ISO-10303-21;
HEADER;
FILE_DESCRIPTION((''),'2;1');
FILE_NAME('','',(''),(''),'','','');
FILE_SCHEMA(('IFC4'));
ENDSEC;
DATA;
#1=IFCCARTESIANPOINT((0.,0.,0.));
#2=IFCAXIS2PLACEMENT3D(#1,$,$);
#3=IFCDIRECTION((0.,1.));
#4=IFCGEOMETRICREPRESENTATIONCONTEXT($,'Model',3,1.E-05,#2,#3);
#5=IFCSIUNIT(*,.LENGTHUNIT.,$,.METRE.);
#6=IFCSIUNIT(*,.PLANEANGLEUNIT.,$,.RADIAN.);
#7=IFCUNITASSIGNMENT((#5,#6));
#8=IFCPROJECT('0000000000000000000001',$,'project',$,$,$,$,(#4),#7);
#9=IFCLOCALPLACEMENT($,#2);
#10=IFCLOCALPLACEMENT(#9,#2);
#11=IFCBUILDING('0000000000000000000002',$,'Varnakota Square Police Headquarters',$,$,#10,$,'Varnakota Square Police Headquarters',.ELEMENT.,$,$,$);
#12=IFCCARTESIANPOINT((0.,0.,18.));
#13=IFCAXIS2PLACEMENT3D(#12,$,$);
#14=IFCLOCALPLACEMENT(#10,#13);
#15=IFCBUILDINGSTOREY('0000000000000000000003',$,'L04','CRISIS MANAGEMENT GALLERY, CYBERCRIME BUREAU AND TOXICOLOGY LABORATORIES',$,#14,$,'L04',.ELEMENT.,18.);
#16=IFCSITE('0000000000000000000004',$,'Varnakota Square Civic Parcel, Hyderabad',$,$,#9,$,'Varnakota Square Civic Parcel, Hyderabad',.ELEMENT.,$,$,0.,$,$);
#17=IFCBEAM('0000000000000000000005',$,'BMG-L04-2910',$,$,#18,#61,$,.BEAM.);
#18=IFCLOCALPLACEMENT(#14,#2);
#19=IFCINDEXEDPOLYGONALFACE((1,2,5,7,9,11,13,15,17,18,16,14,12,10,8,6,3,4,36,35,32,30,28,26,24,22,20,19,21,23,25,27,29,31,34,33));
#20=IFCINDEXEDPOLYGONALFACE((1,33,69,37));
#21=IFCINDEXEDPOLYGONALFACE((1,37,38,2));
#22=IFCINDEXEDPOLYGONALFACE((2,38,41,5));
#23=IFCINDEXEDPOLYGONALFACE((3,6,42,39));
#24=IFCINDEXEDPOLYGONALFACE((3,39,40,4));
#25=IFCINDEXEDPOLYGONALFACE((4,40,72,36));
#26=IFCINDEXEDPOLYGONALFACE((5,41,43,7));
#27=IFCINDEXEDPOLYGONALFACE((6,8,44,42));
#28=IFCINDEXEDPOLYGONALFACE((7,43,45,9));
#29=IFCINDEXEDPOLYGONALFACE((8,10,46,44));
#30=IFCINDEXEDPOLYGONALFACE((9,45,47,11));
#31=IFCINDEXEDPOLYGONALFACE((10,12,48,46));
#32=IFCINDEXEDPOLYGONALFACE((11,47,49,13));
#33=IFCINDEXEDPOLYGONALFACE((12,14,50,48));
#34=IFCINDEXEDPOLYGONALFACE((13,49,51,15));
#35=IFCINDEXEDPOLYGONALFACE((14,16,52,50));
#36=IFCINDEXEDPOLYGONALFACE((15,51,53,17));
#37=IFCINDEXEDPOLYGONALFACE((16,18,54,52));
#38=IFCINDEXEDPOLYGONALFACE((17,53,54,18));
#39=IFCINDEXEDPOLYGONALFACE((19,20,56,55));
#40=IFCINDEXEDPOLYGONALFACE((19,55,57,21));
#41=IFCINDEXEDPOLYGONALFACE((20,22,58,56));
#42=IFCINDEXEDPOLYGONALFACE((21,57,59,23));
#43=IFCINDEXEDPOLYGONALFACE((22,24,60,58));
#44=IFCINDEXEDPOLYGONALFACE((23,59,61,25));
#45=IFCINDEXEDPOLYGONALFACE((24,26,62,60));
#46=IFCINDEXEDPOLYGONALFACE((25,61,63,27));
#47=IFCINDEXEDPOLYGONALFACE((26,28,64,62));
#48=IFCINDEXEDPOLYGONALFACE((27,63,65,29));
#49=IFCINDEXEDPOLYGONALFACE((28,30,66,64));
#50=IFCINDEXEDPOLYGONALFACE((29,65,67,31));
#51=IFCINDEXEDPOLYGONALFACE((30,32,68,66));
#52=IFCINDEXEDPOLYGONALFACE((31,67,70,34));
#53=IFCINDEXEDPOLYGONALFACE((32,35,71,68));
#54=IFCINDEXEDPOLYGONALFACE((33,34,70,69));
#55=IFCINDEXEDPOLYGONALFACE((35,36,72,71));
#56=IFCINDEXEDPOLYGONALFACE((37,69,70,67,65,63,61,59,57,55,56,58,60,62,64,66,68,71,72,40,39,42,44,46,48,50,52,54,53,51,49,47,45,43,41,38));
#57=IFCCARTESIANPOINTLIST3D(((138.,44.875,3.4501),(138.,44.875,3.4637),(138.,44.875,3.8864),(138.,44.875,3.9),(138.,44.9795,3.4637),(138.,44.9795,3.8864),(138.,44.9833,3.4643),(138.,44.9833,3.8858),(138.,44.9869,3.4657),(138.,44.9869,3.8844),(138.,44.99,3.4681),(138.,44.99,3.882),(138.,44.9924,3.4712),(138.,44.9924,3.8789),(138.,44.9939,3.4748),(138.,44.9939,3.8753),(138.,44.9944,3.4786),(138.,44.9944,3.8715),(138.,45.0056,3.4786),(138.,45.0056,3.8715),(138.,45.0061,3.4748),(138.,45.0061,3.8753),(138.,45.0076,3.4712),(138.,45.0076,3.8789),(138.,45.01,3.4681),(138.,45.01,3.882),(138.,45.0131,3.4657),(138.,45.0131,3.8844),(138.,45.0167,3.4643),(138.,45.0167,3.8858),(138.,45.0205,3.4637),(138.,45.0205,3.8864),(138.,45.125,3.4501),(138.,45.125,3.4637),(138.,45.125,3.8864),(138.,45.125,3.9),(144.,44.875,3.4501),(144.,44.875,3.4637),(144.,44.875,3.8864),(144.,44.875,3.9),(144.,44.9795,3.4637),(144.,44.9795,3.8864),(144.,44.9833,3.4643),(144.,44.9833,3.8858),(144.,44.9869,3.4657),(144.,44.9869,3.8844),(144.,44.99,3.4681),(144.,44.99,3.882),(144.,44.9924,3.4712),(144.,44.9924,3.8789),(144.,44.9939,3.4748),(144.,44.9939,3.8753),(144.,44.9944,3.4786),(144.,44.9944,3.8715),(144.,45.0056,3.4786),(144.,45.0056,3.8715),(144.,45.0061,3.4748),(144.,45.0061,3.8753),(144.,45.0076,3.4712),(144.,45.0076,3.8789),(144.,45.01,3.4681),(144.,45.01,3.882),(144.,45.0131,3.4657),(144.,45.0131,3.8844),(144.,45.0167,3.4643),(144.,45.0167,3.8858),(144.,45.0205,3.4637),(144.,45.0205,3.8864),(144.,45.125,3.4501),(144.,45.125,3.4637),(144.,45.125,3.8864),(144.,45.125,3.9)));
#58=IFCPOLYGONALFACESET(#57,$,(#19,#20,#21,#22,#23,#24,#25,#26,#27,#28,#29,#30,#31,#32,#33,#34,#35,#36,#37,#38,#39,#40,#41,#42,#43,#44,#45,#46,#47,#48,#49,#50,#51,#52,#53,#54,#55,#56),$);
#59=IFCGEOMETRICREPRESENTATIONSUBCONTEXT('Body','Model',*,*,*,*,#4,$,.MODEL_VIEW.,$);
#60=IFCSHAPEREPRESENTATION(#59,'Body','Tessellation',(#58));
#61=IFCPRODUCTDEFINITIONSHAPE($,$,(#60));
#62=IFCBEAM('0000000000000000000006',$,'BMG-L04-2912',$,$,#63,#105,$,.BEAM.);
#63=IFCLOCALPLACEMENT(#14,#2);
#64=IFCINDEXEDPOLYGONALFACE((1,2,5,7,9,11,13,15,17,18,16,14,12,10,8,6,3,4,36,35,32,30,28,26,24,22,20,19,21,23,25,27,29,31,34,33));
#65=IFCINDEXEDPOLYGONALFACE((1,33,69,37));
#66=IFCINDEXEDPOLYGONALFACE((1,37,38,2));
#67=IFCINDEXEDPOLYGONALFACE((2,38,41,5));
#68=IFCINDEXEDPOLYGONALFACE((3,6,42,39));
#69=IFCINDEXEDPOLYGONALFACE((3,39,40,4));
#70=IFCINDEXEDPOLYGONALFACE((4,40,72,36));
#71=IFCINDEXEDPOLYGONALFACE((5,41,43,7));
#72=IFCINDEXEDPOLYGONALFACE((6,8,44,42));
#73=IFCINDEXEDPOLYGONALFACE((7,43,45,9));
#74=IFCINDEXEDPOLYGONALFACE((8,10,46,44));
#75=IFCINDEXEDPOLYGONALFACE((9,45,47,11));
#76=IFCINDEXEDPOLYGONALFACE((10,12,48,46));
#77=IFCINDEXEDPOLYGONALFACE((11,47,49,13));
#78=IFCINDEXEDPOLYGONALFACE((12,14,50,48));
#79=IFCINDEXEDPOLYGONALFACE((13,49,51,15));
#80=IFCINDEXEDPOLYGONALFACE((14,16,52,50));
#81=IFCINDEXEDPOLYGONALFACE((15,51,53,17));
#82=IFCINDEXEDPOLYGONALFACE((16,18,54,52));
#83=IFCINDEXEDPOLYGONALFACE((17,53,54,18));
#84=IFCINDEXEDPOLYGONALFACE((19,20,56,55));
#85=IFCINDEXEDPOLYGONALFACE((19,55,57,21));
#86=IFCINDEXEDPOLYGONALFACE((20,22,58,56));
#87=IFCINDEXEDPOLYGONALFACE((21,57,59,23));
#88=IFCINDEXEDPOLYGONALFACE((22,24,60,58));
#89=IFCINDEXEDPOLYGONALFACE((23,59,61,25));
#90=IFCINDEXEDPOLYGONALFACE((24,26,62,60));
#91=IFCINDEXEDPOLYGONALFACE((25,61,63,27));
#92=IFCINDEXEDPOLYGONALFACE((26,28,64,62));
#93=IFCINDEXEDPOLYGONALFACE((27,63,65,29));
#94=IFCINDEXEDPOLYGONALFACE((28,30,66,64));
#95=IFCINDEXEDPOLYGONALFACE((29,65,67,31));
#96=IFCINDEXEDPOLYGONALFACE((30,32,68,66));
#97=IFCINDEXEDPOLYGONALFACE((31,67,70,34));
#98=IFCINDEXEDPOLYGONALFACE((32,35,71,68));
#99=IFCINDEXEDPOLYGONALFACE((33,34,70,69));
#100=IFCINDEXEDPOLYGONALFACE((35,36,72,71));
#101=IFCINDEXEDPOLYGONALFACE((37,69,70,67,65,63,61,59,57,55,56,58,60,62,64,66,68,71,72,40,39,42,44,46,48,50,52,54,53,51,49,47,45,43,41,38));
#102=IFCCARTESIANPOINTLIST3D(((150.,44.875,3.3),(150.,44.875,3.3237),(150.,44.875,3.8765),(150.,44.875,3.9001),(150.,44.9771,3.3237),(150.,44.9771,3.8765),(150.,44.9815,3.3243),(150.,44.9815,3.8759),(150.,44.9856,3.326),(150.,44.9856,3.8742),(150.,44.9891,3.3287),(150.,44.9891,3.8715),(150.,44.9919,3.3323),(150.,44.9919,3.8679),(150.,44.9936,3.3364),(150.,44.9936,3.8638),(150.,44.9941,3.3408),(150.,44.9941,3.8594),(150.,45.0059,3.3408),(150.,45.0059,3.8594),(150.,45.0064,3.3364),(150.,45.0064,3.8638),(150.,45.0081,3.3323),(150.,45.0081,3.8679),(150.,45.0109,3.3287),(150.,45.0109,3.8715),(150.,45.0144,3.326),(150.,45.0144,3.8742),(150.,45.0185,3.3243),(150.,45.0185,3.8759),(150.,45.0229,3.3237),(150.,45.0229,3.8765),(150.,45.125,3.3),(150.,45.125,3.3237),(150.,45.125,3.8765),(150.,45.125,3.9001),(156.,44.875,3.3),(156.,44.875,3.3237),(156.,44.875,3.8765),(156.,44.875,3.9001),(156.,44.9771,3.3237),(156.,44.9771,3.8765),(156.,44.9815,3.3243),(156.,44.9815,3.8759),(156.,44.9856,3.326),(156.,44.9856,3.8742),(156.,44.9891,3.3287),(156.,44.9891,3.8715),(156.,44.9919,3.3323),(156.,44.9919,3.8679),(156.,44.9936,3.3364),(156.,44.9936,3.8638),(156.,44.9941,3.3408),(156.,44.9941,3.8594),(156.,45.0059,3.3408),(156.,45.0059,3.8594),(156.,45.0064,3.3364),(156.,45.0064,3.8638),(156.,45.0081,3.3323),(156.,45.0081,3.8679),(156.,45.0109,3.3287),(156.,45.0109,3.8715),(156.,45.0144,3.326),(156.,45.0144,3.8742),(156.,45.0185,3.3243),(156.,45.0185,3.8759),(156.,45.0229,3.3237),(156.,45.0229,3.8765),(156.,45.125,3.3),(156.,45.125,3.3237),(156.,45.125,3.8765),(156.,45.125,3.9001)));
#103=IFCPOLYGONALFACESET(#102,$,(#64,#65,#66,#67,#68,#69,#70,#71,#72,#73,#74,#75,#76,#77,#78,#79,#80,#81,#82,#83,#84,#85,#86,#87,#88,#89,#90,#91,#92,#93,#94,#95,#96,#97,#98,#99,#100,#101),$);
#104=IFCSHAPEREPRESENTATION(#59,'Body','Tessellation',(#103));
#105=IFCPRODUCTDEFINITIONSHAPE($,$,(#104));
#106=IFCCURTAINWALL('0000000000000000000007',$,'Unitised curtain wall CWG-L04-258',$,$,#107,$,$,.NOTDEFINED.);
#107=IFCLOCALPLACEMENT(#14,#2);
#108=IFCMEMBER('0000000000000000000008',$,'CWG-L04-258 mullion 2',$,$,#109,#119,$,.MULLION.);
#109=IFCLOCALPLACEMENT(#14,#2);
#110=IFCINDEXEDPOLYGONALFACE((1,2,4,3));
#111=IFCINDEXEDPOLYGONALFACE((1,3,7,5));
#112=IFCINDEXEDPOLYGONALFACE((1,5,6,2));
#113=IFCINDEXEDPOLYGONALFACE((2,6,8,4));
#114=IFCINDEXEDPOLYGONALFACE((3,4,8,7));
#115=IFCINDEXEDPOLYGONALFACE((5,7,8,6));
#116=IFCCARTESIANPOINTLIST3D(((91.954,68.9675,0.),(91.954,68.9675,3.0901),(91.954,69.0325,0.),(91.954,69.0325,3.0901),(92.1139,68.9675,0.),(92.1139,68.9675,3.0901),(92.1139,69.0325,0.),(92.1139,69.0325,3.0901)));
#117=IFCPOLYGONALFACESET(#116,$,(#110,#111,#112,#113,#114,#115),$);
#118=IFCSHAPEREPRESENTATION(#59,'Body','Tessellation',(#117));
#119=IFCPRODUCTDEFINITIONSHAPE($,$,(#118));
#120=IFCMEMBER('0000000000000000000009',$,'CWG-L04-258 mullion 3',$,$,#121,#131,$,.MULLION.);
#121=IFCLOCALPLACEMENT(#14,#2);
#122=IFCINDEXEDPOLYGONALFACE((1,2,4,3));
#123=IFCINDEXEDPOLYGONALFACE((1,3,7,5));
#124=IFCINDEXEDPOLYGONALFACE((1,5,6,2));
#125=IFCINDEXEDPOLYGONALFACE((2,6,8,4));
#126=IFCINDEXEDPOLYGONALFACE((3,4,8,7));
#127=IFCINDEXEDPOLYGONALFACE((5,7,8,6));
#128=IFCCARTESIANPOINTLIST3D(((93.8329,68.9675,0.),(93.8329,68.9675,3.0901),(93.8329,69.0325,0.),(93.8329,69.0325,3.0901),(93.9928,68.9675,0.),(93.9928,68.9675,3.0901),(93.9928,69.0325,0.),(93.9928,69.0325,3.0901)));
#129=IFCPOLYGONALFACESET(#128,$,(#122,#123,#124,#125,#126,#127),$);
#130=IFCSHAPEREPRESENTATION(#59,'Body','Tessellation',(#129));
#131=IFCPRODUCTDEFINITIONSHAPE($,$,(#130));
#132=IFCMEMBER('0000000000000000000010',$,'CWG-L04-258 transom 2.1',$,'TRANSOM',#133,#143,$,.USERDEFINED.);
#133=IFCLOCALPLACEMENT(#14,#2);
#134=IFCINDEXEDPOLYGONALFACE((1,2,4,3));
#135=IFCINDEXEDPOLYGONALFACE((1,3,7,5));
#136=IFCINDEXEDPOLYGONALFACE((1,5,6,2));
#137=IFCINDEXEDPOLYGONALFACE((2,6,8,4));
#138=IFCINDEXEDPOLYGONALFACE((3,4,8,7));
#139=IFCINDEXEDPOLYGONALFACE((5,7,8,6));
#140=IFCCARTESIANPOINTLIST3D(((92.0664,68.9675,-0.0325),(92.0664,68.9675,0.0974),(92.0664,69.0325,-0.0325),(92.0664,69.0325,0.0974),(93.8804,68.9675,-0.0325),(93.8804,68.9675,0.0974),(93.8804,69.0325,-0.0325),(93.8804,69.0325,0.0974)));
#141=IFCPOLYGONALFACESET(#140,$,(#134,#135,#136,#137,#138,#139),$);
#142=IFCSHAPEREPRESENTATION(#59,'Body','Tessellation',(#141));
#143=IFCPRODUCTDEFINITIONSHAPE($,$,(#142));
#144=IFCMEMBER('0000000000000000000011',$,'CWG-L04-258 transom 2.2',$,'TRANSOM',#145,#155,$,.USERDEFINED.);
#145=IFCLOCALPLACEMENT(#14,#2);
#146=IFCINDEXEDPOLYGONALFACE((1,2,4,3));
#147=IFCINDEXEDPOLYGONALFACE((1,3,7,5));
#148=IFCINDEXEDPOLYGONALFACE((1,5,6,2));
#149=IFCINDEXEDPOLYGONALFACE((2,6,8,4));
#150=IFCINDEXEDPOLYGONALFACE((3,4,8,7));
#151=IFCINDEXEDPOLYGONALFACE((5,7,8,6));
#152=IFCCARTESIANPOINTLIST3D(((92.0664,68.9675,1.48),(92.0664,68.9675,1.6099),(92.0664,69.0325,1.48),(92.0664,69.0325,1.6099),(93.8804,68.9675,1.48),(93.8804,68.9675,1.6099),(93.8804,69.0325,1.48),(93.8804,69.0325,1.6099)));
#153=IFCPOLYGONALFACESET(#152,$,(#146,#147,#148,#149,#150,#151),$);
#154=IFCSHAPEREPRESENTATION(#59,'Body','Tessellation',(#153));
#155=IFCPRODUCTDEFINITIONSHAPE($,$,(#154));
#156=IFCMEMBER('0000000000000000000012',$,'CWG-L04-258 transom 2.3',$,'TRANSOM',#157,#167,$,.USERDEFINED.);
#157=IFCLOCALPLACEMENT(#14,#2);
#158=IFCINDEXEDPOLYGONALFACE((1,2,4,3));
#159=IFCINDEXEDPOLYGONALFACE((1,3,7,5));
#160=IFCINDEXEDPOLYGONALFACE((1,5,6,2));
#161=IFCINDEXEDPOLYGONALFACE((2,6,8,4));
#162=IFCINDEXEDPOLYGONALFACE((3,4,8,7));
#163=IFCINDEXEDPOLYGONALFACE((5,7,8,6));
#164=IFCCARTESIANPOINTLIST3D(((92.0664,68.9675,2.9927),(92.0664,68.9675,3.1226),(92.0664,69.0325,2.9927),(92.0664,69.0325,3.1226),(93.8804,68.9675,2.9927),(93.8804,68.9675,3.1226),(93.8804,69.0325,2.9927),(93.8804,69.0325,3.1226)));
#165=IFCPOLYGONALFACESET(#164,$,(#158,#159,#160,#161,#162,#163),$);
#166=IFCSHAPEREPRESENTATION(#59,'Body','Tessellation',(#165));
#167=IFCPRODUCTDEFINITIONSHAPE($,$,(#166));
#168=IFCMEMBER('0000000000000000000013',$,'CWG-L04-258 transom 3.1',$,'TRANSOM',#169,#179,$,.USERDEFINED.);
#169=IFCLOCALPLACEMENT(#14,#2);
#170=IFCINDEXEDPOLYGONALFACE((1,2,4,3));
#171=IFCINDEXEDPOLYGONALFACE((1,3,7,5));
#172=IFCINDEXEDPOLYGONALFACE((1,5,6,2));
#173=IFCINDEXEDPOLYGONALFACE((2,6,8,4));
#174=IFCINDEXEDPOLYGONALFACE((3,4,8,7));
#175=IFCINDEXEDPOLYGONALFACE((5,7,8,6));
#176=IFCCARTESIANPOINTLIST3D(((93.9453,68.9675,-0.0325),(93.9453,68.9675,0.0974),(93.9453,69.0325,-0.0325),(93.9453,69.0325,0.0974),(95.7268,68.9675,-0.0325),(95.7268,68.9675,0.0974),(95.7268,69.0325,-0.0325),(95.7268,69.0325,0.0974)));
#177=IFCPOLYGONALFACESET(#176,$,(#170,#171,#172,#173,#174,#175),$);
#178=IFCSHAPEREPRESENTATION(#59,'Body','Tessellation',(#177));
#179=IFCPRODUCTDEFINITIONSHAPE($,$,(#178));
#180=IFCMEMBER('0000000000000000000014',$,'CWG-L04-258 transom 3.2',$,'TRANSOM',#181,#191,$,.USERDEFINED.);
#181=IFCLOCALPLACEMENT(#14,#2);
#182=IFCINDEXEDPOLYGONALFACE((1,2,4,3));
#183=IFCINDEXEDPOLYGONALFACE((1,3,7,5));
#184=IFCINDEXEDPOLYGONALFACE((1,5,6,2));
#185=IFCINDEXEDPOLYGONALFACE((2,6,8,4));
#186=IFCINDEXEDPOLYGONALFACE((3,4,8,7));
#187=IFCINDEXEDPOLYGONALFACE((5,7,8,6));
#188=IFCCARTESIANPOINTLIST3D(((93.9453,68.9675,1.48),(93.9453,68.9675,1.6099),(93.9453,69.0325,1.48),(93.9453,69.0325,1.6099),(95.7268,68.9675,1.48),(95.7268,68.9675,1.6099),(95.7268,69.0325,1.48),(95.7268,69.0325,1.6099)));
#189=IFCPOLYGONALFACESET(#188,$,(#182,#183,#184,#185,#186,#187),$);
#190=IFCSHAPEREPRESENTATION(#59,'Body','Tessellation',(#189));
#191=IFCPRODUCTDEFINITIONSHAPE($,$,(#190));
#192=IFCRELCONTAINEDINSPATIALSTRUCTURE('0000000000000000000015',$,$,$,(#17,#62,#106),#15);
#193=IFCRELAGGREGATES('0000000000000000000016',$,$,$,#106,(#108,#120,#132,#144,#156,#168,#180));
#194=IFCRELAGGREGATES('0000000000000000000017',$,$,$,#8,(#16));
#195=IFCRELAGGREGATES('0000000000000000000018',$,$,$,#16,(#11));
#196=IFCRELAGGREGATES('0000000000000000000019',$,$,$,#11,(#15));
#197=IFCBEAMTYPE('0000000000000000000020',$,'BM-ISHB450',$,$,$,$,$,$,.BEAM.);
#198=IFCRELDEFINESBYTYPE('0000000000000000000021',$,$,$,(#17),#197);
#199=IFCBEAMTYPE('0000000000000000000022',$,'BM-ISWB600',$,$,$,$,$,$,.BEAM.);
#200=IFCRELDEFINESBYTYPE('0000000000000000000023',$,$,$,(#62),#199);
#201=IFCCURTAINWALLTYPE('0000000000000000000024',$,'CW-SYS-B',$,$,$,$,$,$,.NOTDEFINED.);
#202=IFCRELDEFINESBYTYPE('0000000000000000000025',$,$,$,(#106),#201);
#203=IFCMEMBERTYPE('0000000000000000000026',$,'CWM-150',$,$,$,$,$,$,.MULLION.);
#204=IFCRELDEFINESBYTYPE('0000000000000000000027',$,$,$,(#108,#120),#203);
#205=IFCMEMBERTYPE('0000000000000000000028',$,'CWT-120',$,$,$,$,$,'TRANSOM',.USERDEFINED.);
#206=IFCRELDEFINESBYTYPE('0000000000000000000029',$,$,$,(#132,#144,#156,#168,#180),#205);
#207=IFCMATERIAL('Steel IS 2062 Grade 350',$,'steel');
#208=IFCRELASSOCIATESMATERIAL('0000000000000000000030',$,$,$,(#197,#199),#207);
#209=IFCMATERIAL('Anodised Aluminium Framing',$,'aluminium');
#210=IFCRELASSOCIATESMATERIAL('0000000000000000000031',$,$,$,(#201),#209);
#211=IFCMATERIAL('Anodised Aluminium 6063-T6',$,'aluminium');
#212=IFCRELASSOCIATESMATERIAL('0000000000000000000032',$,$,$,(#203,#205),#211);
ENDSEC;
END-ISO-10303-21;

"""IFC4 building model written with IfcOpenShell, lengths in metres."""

from ifc_helpers import new_model, si_unit, direction, frame, origin, origin_2d, place, context, subcontext, project, spatial, rectangle, i_section, extrude, material, material_profile, profile_set, type_object, element, aggregate, save


model = new_model("IFC4")

# Units and contexts
model_context = context("Model", 3, precision=1e-05, world=origin(), true_north=direction((0.0, 1.0)))
body_context = subcontext(model_context, "Body", "Model", "MODEL_VIEW")
ifc_project = project(units=[si_unit("LENGTHUNIT", "METRE"), si_unit("PLANEANGLEUNIT", "RADIAN")], contexts=[model_context])

# Site, building, storey
site_placement = place(None, origin())
site = spatial("IfcSite", under=ifc_project, at=site_placement, Name="Varnakota Square Civic Parcel, Hyderabad", LongName="Varnakota Square Civic Parcel, Hyderabad", CompositionType="ELEMENT", RefElevation=0.0)
building_placement = place(site_placement, origin())
building = spatial("IfcBuilding", under=site, at=building_placement, Name="Varnakota Square Police Headquarters", LongName="Varnakota Square Police Headquarters", CompositionType="ELEMENT")
storey_placement = place(building_placement, frame((0.0, 0.0, 18.0)))
storey = spatial("IfcBuildingStorey", under=building, at=storey_placement, Name="L04", Description="CRISIS MANAGEMENT GALLERY, CYBERCRIME BUREAU AND TOXICOLOGY LABORATORIES", LongName="L04", CompositionType="ELEMENT", Elevation=18.0)

# Shared definitions
ifc_material_1 = material(Name="Steel IS 2062 Grade 350", Category="steel")

# Beams
ifc_material_profile_1 = material_profile(ifc_material_1, i_section(OverallWidth=0.25, OverallDepth=0.45, WebThickness=0.0112, FlangeThickness=0.0137, FilletRadius=0.0149, at=origin_2d()), Name="ISHB 450")
ifc_profile_set_1 = profile_set([ifc_material_profile_1], Name="Steel IS 2062 Grade 350")
beam_type_1 = type_object("IfcBeamType", Name="BM-ISHB450", PredefinedType="BEAM", material=ifc_profile_set_1)
beam_1_placement = place(storey_placement, frame((138.0, 45.0, 3.675), z_axis=(1.0, 0.0, 0.0), x_axis=(0.0, 1.0, 0.0)))
element("IfcBeam", 1, at=beam_1_placement, inside=storey, type_object=beam_type_1, Name="BMG-L04-2910", PredefinedType="BEAM", context=body_context, shape_type="SweptSolid", body=[
    extrude(i_section(OverallWidth=0.25, OverallDepth=0.45, WebThickness=0.0112, FlangeThickness=0.0137, FilletRadius=0.0149, at=origin_2d()), origin(), (0.0, 0.0, 1.0), 6.0),
])
ifc_material_profile_2 = material_profile(ifc_material_1, i_section(OverallWidth=0.25, OverallDepth=0.6001, WebThickness=0.0117, FlangeThickness=0.0237, FilletRadius=0.0171, at=origin_2d()), Name="ISWB 600")
ifc_profile_set_2 = profile_set([ifc_material_profile_2], Name="Steel IS 2062 Grade 350")
beam_type_2 = type_object("IfcBeamType", Name="BM-ISWB600", PredefinedType="BEAM", material=ifc_profile_set_2)
beam_2_placement = place(storey_placement, frame((150.0, 45.0, 3.6001), z_axis=(1.0, 0.0, 0.0), x_axis=(0.0, 1.0, 0.0)))
element("IfcBeam", 2, at=beam_2_placement, inside=storey, type_object=beam_type_2, Name="BMG-L04-2912", PredefinedType="BEAM", context=body_context, shape_type="SweptSolid", body=[
    extrude(i_section(OverallWidth=0.25, OverallDepth=0.6001, WebThickness=0.0117, FlangeThickness=0.0237, FilletRadius=0.0171, at=origin_2d()), origin(), (0.0, 0.0, 1.0), 6.0),
])

# Curtain wall, members
ifc_material_2 = material(Name="Anodised Aluminium Framing", Category="aluminium")
curtain_wall_type = type_object("IfcCurtainWallType", Name="CW-SYS-B", PredefinedType="NOTDEFINED", material=ifc_material_2)
curtain_wall_placement = place(storey_placement, origin())
curtain_wall = element("IfcCurtainWall", 3, at=curtain_wall_placement, inside=storey, type_object=curtain_wall_type, Name="Unitised curtain wall CWG-L04-258", PredefinedType="NOTDEFINED")
ifc_material_3 = material(Name="Anodised Aluminium 6063-T6", Category="aluminium")
ifc_material_profile_3 = material_profile(ifc_material_3, rectangle(XDim=0.0649, YDim=0.1599, at=origin_2d()), Name="ALU MULLION 65x160")
ifc_profile_set_3 = profile_set([ifc_material_profile_3], Name="Anodised Aluminium 6063-T6")
member_type_1 = type_object("IfcMemberType", Name="CWM-150", PredefinedType="MULLION", material=ifc_profile_set_3)
member_1_placement = place(storey_placement, frame((92.0339, 69.0, 0.0), z_axis=(0.0, 0.0, 1.0), x_axis=(0.0, 1.0, 0.0)))
member_1 = element("IfcMember", 4, at=member_1_placement, type_object=member_type_1, Name="CWG-L04-258 mullion 2", PredefinedType="MULLION", context=body_context, shape_type="SweptSolid", body=[
    extrude(rectangle(XDim=0.0649, YDim=0.1599, at=origin_2d()), origin(), (0.0, 0.0, 1.0), 3.0901),
])
member_2_placement = place(storey_placement, frame((93.9128, 69.0, 0.0), z_axis=(0.0, 0.0, 1.0), x_axis=(0.0, 1.0, 0.0)))
member_2 = element("IfcMember", 5, at=member_2_placement, type_object=member_type_1, Name="CWG-L04-258 mullion 3", PredefinedType="MULLION", context=body_context, shape_type="SweptSolid", body=[
    extrude(rectangle(XDim=0.0649, YDim=0.1599, at=origin_2d()), origin(), (0.0, 0.0, 1.0), 3.0901),
])
ifc_material_profile_4 = material_profile(ifc_material_3, rectangle(XDim=0.0649, YDim=0.1299, at=origin_2d()), Name="ALU TRANSOM 65x130")
ifc_profile_set_4 = profile_set([ifc_material_profile_4], Name="Anodised Aluminium 6063-T6")
member_type_2 = type_object("IfcMemberType", Name="CWT-120", ElementType="TRANSOM", PredefinedType="USERDEFINED", material=ifc_profile_set_4)
member_3_placement = place(storey_placement, frame((92.0664, 69.0, 0.0325), z_axis=(1.0, 0.0, 0.0), x_axis=(0.0, 1.0, 0.0)))
member_3 = element("IfcMember", 6, at=member_3_placement, type_object=member_type_2, Name="CWG-L04-258 transom 2.1", ObjectType="TRANSOM", PredefinedType="USERDEFINED", context=body_context, shape_type="SweptSolid", body=[
    extrude(rectangle(XDim=0.0649, YDim=0.1299, at=origin_2d()), origin(), (0.0, 0.0, 1.0), 1.814),
])
member_4_placement = place(storey_placement, frame((92.0664, 69.0, 1.5449), z_axis=(1.0, 0.0, 0.0), x_axis=(0.0, 1.0, 0.0)))
member_4 = element("IfcMember", 7, at=member_4_placement, type_object=member_type_2, Name="CWG-L04-258 transom 2.2", ObjectType="TRANSOM", PredefinedType="USERDEFINED", context=body_context, shape_type="SweptSolid", body=[
    extrude(rectangle(XDim=0.0649, YDim=0.1299, at=origin_2d()), origin(), (0.0, 0.0, 1.0), 1.814),
])
member_5_placement = place(storey_placement, frame((92.0664, 69.0, 3.0576), z_axis=(1.0, 0.0, 0.0), x_axis=(0.0, 1.0, 0.0)))
member_5 = element("IfcMember", 8, at=member_5_placement, type_object=member_type_2, Name="CWG-L04-258 transom 2.3", ObjectType="TRANSOM", PredefinedType="USERDEFINED", context=body_context, shape_type="SweptSolid", body=[
    extrude(rectangle(XDim=0.0649, YDim=0.1299, at=origin_2d()), origin(), (0.0, 0.0, 1.0), 1.814),
])
member_6_placement = place(storey_placement, frame((93.9453, 69.0, 0.0325), z_axis=(1.0, 0.0, 0.0), x_axis=(0.0, 1.0, 0.0)))
member_6 = element("IfcMember", 9, at=member_6_placement, type_object=member_type_2, Name="CWG-L04-258 transom 3.1", ObjectType="TRANSOM", PredefinedType="USERDEFINED", context=body_context, shape_type="SweptSolid", body=[
    extrude(rectangle(XDim=0.0649, YDim=0.1299, at=origin_2d()), origin(), (0.0, 0.0, 1.0), 1.7815),
])
member_7_placement = place(storey_placement, frame((93.9453, 69.0, 1.5449), z_axis=(1.0, 0.0, 0.0), x_axis=(0.0, 1.0, 0.0)))
member_7 = element("IfcMember", 10, at=member_7_placement, type_object=member_type_2, Name="CWG-L04-258 transom 3.2", ObjectType="TRANSOM", PredefinedType="USERDEFINED", context=body_context, shape_type="SweptSolid", body=[
    extrude(rectangle(XDim=0.0649, YDim=0.1299, at=origin_2d()), origin(), (0.0, 0.0, 1.0), 1.7815),
])
aggregate(curtain_wall, [member_1, member_2, member_3, member_4, member_5, member_6, member_7])

save(model, "model.ifc")
